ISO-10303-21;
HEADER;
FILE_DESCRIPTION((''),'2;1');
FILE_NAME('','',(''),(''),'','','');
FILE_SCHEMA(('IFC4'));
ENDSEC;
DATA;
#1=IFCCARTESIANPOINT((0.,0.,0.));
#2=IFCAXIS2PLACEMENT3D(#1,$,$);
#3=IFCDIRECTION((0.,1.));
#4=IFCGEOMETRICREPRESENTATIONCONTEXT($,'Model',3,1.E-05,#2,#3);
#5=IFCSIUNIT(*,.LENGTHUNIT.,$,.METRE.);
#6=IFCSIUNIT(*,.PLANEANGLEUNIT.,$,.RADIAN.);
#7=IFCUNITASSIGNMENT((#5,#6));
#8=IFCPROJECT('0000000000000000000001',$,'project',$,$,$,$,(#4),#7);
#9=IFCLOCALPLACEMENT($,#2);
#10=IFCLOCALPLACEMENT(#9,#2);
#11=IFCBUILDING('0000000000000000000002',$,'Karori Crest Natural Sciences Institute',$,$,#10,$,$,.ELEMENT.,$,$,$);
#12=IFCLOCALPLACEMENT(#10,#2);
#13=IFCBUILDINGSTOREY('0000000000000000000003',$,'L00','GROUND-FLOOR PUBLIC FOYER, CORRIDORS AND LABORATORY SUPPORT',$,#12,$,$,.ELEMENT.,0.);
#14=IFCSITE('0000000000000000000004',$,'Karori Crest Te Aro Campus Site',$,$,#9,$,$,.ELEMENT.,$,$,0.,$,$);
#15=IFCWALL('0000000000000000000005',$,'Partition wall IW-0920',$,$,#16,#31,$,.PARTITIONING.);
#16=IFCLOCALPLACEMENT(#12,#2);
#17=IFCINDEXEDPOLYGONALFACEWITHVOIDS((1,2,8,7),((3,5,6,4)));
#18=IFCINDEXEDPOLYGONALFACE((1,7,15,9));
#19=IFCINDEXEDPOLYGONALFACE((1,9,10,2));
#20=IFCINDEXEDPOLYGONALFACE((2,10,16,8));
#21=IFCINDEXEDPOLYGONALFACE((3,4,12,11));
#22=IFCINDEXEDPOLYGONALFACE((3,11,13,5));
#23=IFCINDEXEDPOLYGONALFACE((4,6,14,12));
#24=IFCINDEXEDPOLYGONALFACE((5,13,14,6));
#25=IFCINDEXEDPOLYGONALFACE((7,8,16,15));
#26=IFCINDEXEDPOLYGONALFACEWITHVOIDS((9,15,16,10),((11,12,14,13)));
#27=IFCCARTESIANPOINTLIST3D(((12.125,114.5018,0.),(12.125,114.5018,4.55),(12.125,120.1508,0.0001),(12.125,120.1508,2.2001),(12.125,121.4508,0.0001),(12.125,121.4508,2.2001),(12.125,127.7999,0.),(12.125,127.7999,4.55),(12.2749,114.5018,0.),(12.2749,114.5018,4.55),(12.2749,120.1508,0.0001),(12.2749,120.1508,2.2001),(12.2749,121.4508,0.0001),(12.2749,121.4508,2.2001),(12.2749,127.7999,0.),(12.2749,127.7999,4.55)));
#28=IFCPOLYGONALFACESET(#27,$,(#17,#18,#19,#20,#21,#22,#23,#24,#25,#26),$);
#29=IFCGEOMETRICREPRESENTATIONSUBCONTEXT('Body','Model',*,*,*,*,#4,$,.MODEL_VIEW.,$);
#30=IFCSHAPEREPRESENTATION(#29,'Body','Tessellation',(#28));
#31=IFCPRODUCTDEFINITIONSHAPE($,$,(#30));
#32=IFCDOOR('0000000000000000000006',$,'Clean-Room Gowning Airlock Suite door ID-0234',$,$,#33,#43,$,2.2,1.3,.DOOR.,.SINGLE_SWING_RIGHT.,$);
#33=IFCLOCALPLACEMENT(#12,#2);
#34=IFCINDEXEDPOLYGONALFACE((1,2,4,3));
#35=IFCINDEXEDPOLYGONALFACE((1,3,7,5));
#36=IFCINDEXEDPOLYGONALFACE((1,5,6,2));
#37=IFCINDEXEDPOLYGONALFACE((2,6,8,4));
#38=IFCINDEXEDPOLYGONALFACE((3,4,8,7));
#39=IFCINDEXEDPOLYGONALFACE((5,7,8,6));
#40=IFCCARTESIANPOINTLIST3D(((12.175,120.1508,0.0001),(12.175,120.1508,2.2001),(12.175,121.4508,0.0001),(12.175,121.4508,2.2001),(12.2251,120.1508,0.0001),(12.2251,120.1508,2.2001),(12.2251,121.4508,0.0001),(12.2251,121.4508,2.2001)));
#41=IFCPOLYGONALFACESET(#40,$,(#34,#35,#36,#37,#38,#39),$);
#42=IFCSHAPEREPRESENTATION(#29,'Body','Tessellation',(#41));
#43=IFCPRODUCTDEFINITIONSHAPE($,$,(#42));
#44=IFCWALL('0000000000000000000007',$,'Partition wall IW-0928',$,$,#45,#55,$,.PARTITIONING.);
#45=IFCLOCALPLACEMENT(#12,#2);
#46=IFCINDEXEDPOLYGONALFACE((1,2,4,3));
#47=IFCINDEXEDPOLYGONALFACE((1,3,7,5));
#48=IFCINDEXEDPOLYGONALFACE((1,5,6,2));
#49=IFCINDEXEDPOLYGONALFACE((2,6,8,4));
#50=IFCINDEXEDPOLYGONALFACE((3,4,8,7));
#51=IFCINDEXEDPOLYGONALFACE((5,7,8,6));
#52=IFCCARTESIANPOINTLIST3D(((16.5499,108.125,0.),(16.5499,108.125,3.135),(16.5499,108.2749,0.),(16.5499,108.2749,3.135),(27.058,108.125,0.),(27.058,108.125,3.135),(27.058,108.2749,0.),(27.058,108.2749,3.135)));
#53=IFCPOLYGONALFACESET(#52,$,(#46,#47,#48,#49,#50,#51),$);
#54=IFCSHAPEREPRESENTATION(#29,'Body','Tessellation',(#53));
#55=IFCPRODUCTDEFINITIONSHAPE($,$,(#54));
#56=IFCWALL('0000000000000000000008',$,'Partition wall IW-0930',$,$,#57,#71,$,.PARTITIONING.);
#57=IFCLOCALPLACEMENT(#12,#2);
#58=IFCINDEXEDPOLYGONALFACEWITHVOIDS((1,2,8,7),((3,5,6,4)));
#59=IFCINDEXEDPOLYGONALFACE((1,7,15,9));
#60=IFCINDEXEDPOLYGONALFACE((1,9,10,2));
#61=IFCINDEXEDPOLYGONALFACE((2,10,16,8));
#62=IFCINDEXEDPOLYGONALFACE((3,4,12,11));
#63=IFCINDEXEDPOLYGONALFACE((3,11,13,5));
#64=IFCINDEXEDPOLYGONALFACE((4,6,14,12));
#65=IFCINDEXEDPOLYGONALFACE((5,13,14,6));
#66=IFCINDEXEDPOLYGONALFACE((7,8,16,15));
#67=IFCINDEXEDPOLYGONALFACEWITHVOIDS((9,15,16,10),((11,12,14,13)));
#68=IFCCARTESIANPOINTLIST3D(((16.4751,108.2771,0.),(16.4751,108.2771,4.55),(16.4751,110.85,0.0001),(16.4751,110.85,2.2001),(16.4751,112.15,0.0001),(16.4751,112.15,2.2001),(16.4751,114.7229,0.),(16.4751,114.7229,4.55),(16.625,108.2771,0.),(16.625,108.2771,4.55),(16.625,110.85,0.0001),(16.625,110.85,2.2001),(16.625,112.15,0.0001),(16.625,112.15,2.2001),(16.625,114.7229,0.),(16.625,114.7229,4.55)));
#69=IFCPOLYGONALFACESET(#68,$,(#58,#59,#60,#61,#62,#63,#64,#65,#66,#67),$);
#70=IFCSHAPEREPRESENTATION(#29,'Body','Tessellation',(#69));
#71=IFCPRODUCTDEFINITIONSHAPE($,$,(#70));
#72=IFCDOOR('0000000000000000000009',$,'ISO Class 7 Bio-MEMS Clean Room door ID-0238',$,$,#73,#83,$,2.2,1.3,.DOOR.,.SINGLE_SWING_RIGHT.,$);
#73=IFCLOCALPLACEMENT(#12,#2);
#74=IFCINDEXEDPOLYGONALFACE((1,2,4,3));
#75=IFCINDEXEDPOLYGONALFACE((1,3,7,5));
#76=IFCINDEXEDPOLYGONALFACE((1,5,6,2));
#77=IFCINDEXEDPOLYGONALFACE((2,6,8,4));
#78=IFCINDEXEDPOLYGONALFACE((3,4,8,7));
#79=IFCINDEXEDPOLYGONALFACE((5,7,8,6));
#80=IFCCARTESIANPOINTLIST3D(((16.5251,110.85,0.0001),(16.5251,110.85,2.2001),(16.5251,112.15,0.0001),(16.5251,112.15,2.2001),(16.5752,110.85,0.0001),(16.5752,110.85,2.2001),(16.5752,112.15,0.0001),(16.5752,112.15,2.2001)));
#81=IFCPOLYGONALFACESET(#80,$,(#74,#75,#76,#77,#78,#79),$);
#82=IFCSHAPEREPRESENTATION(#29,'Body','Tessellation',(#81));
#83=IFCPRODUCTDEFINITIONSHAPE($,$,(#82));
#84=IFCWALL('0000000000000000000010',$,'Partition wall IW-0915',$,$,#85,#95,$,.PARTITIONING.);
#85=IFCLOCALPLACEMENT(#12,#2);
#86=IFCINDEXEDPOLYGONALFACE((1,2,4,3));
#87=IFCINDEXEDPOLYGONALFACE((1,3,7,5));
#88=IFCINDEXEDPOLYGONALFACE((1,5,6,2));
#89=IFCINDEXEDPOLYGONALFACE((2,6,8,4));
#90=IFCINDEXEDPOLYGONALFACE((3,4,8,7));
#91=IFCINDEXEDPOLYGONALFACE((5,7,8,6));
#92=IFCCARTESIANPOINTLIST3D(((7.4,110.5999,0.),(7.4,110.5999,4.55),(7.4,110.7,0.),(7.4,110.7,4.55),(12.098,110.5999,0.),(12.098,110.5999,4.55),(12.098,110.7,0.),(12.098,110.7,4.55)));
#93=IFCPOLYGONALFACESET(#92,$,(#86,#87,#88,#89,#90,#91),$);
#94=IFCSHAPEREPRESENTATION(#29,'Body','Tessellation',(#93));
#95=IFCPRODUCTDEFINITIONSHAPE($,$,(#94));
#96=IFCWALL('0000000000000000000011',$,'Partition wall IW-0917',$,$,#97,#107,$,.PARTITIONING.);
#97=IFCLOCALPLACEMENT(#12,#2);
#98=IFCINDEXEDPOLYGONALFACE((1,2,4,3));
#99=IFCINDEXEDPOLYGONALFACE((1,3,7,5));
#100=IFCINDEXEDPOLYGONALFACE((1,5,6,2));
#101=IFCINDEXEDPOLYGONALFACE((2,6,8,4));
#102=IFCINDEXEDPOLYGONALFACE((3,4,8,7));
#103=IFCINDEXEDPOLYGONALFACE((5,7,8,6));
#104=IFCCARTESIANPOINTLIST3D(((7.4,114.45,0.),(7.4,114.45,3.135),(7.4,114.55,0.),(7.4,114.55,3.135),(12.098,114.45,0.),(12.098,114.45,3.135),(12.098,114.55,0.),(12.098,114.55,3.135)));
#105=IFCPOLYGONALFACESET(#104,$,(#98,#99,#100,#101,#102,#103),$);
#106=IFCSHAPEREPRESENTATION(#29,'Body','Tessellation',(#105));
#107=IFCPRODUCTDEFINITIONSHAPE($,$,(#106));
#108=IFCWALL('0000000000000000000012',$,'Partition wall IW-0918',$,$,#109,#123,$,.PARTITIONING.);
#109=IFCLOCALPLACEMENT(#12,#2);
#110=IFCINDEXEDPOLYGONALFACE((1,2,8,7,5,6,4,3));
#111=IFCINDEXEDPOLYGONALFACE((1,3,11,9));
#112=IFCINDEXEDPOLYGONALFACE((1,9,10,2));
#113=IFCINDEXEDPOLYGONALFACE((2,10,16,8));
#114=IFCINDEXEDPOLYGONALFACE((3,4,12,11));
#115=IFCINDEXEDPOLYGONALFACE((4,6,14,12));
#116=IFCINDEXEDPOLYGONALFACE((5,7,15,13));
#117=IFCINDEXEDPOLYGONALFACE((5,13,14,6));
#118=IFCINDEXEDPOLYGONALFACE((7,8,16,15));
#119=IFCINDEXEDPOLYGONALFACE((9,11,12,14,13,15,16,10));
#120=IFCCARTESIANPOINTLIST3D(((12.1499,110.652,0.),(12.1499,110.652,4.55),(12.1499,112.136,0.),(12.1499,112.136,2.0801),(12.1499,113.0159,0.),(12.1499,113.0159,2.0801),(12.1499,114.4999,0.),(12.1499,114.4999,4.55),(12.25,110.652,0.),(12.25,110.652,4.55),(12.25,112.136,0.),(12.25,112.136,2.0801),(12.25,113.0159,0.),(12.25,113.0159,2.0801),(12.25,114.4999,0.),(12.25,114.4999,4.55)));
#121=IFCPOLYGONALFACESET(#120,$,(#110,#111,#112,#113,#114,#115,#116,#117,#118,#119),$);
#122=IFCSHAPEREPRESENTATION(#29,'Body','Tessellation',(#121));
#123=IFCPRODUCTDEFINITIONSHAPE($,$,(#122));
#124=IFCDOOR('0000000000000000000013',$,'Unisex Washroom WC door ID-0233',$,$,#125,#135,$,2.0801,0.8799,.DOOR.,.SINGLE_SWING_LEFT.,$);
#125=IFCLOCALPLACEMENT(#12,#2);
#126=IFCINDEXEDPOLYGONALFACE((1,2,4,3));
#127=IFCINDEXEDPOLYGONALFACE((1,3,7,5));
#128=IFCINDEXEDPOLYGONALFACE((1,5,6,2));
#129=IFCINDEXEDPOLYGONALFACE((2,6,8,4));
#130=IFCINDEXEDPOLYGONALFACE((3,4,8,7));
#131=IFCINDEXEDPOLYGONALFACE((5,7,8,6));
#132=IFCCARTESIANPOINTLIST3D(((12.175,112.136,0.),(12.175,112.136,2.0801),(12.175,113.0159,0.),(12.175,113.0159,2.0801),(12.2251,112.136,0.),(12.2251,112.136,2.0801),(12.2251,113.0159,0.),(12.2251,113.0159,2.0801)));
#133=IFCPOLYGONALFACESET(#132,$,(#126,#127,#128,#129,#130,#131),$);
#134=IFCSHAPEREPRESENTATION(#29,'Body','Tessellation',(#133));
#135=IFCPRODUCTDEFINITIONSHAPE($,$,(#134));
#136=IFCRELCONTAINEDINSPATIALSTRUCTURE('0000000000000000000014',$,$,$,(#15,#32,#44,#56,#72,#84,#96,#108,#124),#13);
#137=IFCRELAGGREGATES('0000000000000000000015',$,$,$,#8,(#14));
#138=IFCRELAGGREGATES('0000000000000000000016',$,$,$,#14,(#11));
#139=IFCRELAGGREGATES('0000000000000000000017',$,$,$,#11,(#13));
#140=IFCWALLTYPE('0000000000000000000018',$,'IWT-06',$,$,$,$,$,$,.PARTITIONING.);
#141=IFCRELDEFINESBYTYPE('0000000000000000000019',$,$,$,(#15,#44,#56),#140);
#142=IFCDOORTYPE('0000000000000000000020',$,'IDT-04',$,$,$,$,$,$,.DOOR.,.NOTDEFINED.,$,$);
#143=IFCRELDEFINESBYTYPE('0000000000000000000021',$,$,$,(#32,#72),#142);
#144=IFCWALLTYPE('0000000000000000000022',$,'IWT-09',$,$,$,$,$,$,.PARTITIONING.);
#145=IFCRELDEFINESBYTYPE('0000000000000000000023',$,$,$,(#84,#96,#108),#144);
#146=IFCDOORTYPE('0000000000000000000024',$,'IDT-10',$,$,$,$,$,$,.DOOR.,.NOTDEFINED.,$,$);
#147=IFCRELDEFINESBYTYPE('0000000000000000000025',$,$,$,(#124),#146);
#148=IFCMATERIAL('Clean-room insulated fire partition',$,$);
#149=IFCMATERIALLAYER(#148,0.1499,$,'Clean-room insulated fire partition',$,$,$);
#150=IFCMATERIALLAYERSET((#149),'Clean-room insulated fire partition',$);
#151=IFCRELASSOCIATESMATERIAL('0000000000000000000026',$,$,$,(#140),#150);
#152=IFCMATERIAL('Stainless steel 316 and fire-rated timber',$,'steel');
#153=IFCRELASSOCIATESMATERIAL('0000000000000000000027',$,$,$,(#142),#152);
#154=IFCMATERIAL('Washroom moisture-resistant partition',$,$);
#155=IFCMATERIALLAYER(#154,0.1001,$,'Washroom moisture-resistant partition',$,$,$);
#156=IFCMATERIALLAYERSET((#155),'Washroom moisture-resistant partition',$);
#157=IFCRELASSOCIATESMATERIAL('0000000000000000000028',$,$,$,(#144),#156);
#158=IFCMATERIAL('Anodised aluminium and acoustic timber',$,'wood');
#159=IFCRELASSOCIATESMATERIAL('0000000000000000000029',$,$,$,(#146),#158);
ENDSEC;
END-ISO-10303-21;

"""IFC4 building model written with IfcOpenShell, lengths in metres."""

from ifc_helpers import new_model, si_unit, direction, frame, frame_2d, origin, place, context, subcontext, project, spatial, rectangle, extrude, material, layer, layer_set, type_object, element, fill, save


model = new_model("IFC4")

# Units and contexts
model_context = context("Model", 3, precision=1e-05, world=origin(), true_north=direction((0.0, 1.0)))
body_context = subcontext(model_context, "Body", "Model", "MODEL_VIEW")
ifc_project = project(units=[si_unit("LENGTHUNIT", "METRE"), si_unit("PLANEANGLEUNIT", "RADIAN")], contexts=[model_context])

# Site, building, storey
site_placement = place(None, origin())
site = spatial("IfcSite", under=ifc_project, at=site_placement, Name="Karori Crest Te Aro Campus Site", CompositionType="ELEMENT", RefElevation=0.0)
building_placement = place(site_placement, origin())
building = spatial("IfcBuilding", under=site, at=building_placement, Name="Karori Crest Natural Sciences Institute", CompositionType="ELEMENT")
storey_placement = place(building_placement, origin())
storey = spatial("IfcBuildingStorey", under=building, at=storey_placement, Name="L00", Description="GROUND-FLOOR PUBLIC FOYER, CORRIDORS AND LABORATORY SUPPORT", CompositionType="ELEMENT", Elevation=0.0)

# Wall, opening, door
ifc_material_1 = material(Name="Clean-room insulated fire partition")
ifc_layer_1 = layer(ifc_material_1, 0.1499, Name="Clean-room insulated fire partition")
ifc_layer_set_1 = layer_set([ifc_layer_1], Name="Clean-room insulated fire partition")
wall_type_1 = type_object("IfcWallType", Name="IWT-06", PredefinedType="PARTITIONING", material=ifc_layer_set_1)
wall_1_placement = place(storey_placement, frame((12.2, 114.502, 0.0), z_axis=(0.0, 0.0, 1.0), x_axis=(0.0, 1.0, 0.0)))
wall_1 = element("IfcWall", 1, at=wall_1_placement, inside=storey, type_object=wall_type_1, Name="Partition wall IW-0920", PredefinedType="PARTITIONING", context=body_context, shape_type="SweptSolid", body=[
    extrude(rectangle(XDim=13.2981, YDim=0.1499, at=frame_2d((6.6489, 0.0))), origin(), (0.0, 0.0, 1.0), 4.55),
])
opening_1_placement = place(wall_1_placement, frame((5.6489, 0.0, 0.0)))
opening_1 = element("IfcOpeningElement", 2, at=opening_1_placement, cuts=wall_1, PredefinedType="OPENING", context=body_context, shape_type="SweptSolid", body=[
    extrude(rectangle(XDim=1.3, YDim=2.2, at=frame_2d((0.6499, 1.1001))), frame((0.0, 0.085, 0.0), z_axis=(0.0, -1.0, 0.0), x_axis=(1.0, 0.0, 0.0)), (0.0, 0.0, 1.0), 0.1699),
])
ifc_material_2 = material(Name="Stainless steel 316 and fire-rated timber", Category="steel")
door_type_1 = type_object("IfcDoorType", Name="IDT-04", OperationType="NOTDEFINED", PredefinedType="DOOR", material=ifc_material_2)
door_1_placement = place(opening_1_placement, origin())
door_1 = element("IfcDoor", 3, at=door_1_placement, inside=storey, type_object=door_type_1, Name="Clean-Room Gowning Airlock Suite door ID-0234", OperationType="SINGLE_SWING_RIGHT", OverallHeight=2.2, OverallWidth=1.3, PredefinedType="DOOR", context=body_context, shape_type="SweptSolid", body=[
    extrude(rectangle(XDim=1.3, YDim=2.2, at=frame_2d((0.6499, 1.1001))), frame((0.0, 0.0249, 0.0), z_axis=(0.0, -1.0, 0.0), x_axis=(1.0, 0.0, 0.0)), (0.0, 0.0, 1.0), 0.05),
])
fill(opening_1, door_1)

# Wall
wall_2_placement = place(storey_placement, frame((16.55, 108.2, 0.0), z_axis=(0.0, 0.0, 1.0), x_axis=(1.0, 0.0, 0.0)))
element("IfcWall", 4, at=wall_2_placement, inside=storey, type_object=wall_type_1, Name="Partition wall IW-0928", PredefinedType="PARTITIONING", context=body_context, shape_type="SweptSolid", body=[
    extrude(rectangle(XDim=10.5081, YDim=0.1499, at=frame_2d((5.2539, 0.0))), origin(), (0.0, 0.0, 1.0), 3.135),
])

# Wall, opening, door
wall_3_placement = place(storey_placement, frame((16.55, 108.2771, 0.0), z_axis=(0.0, 0.0, 1.0), x_axis=(0.0, 1.0, 0.0)))
wall_3 = element("IfcWall", 5, at=wall_3_placement, inside=storey, type_object=wall_type_1, Name="Partition wall IW-0930", PredefinedType="PARTITIONING", context=body_context, shape_type="SweptSolid", body=[
    extrude(rectangle(XDim=6.4458, YDim=0.1499, at=frame_2d((3.2229, 0.0))), origin(), (0.0, 0.0, 1.0), 4.55),
])
opening_2_placement = place(wall_3_placement, frame((2.573, 0.0, 0.0)))
opening_2 = element("IfcOpeningElement", 6, at=opening_2_placement, cuts=wall_3, PredefinedType="OPENING", context=body_context, shape_type="SweptSolid", body=[
    extrude(rectangle(XDim=1.3, YDim=2.2, at=frame_2d((0.6499, 1.1001))), frame((0.0, 0.085, 0.0), z_axis=(0.0, -1.0, 0.0), x_axis=(1.0, 0.0, 0.0)), (0.0, 0.0, 1.0), 0.1699),
])
door_2_placement = place(opening_2_placement, origin())
door_2 = element("IfcDoor", 7, at=door_2_placement, inside=storey, type_object=door_type_1, Name="ISO Class 7 Bio-MEMS Clean Room door ID-0238", OperationType="SINGLE_SWING_RIGHT", OverallHeight=2.2, OverallWidth=1.3, PredefinedType="DOOR", context=body_context, shape_type="SweptSolid", body=[
    extrude(rectangle(XDim=1.3, YDim=2.2, at=frame_2d((0.6499, 1.1001))), frame((0.0, 0.0249, 0.0), z_axis=(0.0, -1.0, 0.0), x_axis=(1.0, 0.0, 0.0)), (0.0, 0.0, 1.0), 0.05),
])
fill(opening_2, door_2)

# Walls
ifc_material_3 = material(Name="Washroom moisture-resistant partition")
ifc_layer_2 = layer(ifc_material_3, 0.1001, Name="Washroom moisture-resistant partition")
ifc_layer_set_2 = layer_set([ifc_layer_2], Name="Washroom moisture-resistant partition")
wall_type_2 = type_object("IfcWallType", Name="IWT-09", PredefinedType="PARTITIONING", material=ifc_layer_set_2)
wall_4_placement = place(storey_placement, frame((7.3999, 110.6499, 0.0), z_axis=(0.0, 0.0, 1.0), x_axis=(1.0, 0.0, 0.0)))
element("IfcWall", 8, at=wall_4_placement, inside=storey, type_object=wall_type_2, Name="Partition wall IW-0915", PredefinedType="PARTITIONING", context=body_context, shape_type="SweptSolid", body=[
    extrude(rectangle(XDim=4.698, YDim=0.1001, at=frame_2d((2.3491, 0.0))), origin(), (0.0, 0.0, 1.0), 4.55),
])
wall_5_placement = place(storey_placement, frame((7.3999, 114.5, 0.0), z_axis=(0.0, 0.0, 1.0), x_axis=(1.0, 0.0, 0.0)))
element("IfcWall", 9, at=wall_5_placement, inside=storey, type_object=wall_type_2, Name="Partition wall IW-0917", PredefinedType="PARTITIONING", context=body_context, shape_type="SweptSolid", body=[
    extrude(rectangle(XDim=4.698, YDim=0.1001, at=frame_2d((2.3491, 0.0))), origin(), (0.0, 0.0, 1.0), 3.135),
])

# Wall, opening, door
wall_6_placement = place(storey_placement, frame((12.2, 110.6521, 0.0), z_axis=(0.0, 0.0, 1.0), x_axis=(0.0, 1.0, 0.0)))
wall_6 = element("IfcWall", 10, at=wall_6_placement, inside=storey, type_object=wall_type_2, Name="Partition wall IW-0918", PredefinedType="PARTITIONING", context=body_context, shape_type="SweptSolid", body=[
    extrude(rectangle(XDim=3.8479, YDim=0.1001, at=frame_2d((1.9238, 0.0))), origin(), (0.0, 0.0, 1.0), 4.55),
])
opening_3_placement = place(wall_6_placement, frame((1.4839, 0.0, 0.0)))
opening_3 = element("IfcOpeningElement", 11, at=opening_3_placement, cuts=wall_6, PredefinedType="OPENING", context=body_context, shape_type="SweptSolid", body=[
    extrude(rectangle(XDim=0.8799, YDim=2.0801, at=frame_2d((0.4399, 1.04))), frame((0.0, 0.0601, 0.0), z_axis=(0.0, -1.0, 0.0), x_axis=(1.0, 0.0, 0.0)), (0.0, 0.0, 1.0), 0.1201),
])
ifc_material_4 = material(Name="Anodised aluminium and acoustic timber", Category="wood")
door_type_2 = type_object("IfcDoorType", Name="IDT-10", OperationType="NOTDEFINED", PredefinedType="DOOR", material=ifc_material_4)
door_3_placement = place(opening_3_placement, origin())
door_3 = element("IfcDoor", 12, at=door_3_placement, inside=storey, type_object=door_type_2, Name="Unisex Washroom WC door ID-0233", OperationType="SINGLE_SWING_LEFT", OverallHeight=2.0801, OverallWidth=0.8799, PredefinedType="DOOR", context=body_context, shape_type="SweptSolid", body=[
    extrude(rectangle(XDim=0.8799, YDim=2.0801, at=frame_2d((0.4399, 1.04))), frame((0.0, 0.0249, 0.0), z_axis=(0.0, -1.0, 0.0), x_axis=(1.0, 0.0, 0.0)), (0.0, 0.0, 1.0), 0.05),
])
fill(opening_3, door_3)

save(model, "model.ifc")
